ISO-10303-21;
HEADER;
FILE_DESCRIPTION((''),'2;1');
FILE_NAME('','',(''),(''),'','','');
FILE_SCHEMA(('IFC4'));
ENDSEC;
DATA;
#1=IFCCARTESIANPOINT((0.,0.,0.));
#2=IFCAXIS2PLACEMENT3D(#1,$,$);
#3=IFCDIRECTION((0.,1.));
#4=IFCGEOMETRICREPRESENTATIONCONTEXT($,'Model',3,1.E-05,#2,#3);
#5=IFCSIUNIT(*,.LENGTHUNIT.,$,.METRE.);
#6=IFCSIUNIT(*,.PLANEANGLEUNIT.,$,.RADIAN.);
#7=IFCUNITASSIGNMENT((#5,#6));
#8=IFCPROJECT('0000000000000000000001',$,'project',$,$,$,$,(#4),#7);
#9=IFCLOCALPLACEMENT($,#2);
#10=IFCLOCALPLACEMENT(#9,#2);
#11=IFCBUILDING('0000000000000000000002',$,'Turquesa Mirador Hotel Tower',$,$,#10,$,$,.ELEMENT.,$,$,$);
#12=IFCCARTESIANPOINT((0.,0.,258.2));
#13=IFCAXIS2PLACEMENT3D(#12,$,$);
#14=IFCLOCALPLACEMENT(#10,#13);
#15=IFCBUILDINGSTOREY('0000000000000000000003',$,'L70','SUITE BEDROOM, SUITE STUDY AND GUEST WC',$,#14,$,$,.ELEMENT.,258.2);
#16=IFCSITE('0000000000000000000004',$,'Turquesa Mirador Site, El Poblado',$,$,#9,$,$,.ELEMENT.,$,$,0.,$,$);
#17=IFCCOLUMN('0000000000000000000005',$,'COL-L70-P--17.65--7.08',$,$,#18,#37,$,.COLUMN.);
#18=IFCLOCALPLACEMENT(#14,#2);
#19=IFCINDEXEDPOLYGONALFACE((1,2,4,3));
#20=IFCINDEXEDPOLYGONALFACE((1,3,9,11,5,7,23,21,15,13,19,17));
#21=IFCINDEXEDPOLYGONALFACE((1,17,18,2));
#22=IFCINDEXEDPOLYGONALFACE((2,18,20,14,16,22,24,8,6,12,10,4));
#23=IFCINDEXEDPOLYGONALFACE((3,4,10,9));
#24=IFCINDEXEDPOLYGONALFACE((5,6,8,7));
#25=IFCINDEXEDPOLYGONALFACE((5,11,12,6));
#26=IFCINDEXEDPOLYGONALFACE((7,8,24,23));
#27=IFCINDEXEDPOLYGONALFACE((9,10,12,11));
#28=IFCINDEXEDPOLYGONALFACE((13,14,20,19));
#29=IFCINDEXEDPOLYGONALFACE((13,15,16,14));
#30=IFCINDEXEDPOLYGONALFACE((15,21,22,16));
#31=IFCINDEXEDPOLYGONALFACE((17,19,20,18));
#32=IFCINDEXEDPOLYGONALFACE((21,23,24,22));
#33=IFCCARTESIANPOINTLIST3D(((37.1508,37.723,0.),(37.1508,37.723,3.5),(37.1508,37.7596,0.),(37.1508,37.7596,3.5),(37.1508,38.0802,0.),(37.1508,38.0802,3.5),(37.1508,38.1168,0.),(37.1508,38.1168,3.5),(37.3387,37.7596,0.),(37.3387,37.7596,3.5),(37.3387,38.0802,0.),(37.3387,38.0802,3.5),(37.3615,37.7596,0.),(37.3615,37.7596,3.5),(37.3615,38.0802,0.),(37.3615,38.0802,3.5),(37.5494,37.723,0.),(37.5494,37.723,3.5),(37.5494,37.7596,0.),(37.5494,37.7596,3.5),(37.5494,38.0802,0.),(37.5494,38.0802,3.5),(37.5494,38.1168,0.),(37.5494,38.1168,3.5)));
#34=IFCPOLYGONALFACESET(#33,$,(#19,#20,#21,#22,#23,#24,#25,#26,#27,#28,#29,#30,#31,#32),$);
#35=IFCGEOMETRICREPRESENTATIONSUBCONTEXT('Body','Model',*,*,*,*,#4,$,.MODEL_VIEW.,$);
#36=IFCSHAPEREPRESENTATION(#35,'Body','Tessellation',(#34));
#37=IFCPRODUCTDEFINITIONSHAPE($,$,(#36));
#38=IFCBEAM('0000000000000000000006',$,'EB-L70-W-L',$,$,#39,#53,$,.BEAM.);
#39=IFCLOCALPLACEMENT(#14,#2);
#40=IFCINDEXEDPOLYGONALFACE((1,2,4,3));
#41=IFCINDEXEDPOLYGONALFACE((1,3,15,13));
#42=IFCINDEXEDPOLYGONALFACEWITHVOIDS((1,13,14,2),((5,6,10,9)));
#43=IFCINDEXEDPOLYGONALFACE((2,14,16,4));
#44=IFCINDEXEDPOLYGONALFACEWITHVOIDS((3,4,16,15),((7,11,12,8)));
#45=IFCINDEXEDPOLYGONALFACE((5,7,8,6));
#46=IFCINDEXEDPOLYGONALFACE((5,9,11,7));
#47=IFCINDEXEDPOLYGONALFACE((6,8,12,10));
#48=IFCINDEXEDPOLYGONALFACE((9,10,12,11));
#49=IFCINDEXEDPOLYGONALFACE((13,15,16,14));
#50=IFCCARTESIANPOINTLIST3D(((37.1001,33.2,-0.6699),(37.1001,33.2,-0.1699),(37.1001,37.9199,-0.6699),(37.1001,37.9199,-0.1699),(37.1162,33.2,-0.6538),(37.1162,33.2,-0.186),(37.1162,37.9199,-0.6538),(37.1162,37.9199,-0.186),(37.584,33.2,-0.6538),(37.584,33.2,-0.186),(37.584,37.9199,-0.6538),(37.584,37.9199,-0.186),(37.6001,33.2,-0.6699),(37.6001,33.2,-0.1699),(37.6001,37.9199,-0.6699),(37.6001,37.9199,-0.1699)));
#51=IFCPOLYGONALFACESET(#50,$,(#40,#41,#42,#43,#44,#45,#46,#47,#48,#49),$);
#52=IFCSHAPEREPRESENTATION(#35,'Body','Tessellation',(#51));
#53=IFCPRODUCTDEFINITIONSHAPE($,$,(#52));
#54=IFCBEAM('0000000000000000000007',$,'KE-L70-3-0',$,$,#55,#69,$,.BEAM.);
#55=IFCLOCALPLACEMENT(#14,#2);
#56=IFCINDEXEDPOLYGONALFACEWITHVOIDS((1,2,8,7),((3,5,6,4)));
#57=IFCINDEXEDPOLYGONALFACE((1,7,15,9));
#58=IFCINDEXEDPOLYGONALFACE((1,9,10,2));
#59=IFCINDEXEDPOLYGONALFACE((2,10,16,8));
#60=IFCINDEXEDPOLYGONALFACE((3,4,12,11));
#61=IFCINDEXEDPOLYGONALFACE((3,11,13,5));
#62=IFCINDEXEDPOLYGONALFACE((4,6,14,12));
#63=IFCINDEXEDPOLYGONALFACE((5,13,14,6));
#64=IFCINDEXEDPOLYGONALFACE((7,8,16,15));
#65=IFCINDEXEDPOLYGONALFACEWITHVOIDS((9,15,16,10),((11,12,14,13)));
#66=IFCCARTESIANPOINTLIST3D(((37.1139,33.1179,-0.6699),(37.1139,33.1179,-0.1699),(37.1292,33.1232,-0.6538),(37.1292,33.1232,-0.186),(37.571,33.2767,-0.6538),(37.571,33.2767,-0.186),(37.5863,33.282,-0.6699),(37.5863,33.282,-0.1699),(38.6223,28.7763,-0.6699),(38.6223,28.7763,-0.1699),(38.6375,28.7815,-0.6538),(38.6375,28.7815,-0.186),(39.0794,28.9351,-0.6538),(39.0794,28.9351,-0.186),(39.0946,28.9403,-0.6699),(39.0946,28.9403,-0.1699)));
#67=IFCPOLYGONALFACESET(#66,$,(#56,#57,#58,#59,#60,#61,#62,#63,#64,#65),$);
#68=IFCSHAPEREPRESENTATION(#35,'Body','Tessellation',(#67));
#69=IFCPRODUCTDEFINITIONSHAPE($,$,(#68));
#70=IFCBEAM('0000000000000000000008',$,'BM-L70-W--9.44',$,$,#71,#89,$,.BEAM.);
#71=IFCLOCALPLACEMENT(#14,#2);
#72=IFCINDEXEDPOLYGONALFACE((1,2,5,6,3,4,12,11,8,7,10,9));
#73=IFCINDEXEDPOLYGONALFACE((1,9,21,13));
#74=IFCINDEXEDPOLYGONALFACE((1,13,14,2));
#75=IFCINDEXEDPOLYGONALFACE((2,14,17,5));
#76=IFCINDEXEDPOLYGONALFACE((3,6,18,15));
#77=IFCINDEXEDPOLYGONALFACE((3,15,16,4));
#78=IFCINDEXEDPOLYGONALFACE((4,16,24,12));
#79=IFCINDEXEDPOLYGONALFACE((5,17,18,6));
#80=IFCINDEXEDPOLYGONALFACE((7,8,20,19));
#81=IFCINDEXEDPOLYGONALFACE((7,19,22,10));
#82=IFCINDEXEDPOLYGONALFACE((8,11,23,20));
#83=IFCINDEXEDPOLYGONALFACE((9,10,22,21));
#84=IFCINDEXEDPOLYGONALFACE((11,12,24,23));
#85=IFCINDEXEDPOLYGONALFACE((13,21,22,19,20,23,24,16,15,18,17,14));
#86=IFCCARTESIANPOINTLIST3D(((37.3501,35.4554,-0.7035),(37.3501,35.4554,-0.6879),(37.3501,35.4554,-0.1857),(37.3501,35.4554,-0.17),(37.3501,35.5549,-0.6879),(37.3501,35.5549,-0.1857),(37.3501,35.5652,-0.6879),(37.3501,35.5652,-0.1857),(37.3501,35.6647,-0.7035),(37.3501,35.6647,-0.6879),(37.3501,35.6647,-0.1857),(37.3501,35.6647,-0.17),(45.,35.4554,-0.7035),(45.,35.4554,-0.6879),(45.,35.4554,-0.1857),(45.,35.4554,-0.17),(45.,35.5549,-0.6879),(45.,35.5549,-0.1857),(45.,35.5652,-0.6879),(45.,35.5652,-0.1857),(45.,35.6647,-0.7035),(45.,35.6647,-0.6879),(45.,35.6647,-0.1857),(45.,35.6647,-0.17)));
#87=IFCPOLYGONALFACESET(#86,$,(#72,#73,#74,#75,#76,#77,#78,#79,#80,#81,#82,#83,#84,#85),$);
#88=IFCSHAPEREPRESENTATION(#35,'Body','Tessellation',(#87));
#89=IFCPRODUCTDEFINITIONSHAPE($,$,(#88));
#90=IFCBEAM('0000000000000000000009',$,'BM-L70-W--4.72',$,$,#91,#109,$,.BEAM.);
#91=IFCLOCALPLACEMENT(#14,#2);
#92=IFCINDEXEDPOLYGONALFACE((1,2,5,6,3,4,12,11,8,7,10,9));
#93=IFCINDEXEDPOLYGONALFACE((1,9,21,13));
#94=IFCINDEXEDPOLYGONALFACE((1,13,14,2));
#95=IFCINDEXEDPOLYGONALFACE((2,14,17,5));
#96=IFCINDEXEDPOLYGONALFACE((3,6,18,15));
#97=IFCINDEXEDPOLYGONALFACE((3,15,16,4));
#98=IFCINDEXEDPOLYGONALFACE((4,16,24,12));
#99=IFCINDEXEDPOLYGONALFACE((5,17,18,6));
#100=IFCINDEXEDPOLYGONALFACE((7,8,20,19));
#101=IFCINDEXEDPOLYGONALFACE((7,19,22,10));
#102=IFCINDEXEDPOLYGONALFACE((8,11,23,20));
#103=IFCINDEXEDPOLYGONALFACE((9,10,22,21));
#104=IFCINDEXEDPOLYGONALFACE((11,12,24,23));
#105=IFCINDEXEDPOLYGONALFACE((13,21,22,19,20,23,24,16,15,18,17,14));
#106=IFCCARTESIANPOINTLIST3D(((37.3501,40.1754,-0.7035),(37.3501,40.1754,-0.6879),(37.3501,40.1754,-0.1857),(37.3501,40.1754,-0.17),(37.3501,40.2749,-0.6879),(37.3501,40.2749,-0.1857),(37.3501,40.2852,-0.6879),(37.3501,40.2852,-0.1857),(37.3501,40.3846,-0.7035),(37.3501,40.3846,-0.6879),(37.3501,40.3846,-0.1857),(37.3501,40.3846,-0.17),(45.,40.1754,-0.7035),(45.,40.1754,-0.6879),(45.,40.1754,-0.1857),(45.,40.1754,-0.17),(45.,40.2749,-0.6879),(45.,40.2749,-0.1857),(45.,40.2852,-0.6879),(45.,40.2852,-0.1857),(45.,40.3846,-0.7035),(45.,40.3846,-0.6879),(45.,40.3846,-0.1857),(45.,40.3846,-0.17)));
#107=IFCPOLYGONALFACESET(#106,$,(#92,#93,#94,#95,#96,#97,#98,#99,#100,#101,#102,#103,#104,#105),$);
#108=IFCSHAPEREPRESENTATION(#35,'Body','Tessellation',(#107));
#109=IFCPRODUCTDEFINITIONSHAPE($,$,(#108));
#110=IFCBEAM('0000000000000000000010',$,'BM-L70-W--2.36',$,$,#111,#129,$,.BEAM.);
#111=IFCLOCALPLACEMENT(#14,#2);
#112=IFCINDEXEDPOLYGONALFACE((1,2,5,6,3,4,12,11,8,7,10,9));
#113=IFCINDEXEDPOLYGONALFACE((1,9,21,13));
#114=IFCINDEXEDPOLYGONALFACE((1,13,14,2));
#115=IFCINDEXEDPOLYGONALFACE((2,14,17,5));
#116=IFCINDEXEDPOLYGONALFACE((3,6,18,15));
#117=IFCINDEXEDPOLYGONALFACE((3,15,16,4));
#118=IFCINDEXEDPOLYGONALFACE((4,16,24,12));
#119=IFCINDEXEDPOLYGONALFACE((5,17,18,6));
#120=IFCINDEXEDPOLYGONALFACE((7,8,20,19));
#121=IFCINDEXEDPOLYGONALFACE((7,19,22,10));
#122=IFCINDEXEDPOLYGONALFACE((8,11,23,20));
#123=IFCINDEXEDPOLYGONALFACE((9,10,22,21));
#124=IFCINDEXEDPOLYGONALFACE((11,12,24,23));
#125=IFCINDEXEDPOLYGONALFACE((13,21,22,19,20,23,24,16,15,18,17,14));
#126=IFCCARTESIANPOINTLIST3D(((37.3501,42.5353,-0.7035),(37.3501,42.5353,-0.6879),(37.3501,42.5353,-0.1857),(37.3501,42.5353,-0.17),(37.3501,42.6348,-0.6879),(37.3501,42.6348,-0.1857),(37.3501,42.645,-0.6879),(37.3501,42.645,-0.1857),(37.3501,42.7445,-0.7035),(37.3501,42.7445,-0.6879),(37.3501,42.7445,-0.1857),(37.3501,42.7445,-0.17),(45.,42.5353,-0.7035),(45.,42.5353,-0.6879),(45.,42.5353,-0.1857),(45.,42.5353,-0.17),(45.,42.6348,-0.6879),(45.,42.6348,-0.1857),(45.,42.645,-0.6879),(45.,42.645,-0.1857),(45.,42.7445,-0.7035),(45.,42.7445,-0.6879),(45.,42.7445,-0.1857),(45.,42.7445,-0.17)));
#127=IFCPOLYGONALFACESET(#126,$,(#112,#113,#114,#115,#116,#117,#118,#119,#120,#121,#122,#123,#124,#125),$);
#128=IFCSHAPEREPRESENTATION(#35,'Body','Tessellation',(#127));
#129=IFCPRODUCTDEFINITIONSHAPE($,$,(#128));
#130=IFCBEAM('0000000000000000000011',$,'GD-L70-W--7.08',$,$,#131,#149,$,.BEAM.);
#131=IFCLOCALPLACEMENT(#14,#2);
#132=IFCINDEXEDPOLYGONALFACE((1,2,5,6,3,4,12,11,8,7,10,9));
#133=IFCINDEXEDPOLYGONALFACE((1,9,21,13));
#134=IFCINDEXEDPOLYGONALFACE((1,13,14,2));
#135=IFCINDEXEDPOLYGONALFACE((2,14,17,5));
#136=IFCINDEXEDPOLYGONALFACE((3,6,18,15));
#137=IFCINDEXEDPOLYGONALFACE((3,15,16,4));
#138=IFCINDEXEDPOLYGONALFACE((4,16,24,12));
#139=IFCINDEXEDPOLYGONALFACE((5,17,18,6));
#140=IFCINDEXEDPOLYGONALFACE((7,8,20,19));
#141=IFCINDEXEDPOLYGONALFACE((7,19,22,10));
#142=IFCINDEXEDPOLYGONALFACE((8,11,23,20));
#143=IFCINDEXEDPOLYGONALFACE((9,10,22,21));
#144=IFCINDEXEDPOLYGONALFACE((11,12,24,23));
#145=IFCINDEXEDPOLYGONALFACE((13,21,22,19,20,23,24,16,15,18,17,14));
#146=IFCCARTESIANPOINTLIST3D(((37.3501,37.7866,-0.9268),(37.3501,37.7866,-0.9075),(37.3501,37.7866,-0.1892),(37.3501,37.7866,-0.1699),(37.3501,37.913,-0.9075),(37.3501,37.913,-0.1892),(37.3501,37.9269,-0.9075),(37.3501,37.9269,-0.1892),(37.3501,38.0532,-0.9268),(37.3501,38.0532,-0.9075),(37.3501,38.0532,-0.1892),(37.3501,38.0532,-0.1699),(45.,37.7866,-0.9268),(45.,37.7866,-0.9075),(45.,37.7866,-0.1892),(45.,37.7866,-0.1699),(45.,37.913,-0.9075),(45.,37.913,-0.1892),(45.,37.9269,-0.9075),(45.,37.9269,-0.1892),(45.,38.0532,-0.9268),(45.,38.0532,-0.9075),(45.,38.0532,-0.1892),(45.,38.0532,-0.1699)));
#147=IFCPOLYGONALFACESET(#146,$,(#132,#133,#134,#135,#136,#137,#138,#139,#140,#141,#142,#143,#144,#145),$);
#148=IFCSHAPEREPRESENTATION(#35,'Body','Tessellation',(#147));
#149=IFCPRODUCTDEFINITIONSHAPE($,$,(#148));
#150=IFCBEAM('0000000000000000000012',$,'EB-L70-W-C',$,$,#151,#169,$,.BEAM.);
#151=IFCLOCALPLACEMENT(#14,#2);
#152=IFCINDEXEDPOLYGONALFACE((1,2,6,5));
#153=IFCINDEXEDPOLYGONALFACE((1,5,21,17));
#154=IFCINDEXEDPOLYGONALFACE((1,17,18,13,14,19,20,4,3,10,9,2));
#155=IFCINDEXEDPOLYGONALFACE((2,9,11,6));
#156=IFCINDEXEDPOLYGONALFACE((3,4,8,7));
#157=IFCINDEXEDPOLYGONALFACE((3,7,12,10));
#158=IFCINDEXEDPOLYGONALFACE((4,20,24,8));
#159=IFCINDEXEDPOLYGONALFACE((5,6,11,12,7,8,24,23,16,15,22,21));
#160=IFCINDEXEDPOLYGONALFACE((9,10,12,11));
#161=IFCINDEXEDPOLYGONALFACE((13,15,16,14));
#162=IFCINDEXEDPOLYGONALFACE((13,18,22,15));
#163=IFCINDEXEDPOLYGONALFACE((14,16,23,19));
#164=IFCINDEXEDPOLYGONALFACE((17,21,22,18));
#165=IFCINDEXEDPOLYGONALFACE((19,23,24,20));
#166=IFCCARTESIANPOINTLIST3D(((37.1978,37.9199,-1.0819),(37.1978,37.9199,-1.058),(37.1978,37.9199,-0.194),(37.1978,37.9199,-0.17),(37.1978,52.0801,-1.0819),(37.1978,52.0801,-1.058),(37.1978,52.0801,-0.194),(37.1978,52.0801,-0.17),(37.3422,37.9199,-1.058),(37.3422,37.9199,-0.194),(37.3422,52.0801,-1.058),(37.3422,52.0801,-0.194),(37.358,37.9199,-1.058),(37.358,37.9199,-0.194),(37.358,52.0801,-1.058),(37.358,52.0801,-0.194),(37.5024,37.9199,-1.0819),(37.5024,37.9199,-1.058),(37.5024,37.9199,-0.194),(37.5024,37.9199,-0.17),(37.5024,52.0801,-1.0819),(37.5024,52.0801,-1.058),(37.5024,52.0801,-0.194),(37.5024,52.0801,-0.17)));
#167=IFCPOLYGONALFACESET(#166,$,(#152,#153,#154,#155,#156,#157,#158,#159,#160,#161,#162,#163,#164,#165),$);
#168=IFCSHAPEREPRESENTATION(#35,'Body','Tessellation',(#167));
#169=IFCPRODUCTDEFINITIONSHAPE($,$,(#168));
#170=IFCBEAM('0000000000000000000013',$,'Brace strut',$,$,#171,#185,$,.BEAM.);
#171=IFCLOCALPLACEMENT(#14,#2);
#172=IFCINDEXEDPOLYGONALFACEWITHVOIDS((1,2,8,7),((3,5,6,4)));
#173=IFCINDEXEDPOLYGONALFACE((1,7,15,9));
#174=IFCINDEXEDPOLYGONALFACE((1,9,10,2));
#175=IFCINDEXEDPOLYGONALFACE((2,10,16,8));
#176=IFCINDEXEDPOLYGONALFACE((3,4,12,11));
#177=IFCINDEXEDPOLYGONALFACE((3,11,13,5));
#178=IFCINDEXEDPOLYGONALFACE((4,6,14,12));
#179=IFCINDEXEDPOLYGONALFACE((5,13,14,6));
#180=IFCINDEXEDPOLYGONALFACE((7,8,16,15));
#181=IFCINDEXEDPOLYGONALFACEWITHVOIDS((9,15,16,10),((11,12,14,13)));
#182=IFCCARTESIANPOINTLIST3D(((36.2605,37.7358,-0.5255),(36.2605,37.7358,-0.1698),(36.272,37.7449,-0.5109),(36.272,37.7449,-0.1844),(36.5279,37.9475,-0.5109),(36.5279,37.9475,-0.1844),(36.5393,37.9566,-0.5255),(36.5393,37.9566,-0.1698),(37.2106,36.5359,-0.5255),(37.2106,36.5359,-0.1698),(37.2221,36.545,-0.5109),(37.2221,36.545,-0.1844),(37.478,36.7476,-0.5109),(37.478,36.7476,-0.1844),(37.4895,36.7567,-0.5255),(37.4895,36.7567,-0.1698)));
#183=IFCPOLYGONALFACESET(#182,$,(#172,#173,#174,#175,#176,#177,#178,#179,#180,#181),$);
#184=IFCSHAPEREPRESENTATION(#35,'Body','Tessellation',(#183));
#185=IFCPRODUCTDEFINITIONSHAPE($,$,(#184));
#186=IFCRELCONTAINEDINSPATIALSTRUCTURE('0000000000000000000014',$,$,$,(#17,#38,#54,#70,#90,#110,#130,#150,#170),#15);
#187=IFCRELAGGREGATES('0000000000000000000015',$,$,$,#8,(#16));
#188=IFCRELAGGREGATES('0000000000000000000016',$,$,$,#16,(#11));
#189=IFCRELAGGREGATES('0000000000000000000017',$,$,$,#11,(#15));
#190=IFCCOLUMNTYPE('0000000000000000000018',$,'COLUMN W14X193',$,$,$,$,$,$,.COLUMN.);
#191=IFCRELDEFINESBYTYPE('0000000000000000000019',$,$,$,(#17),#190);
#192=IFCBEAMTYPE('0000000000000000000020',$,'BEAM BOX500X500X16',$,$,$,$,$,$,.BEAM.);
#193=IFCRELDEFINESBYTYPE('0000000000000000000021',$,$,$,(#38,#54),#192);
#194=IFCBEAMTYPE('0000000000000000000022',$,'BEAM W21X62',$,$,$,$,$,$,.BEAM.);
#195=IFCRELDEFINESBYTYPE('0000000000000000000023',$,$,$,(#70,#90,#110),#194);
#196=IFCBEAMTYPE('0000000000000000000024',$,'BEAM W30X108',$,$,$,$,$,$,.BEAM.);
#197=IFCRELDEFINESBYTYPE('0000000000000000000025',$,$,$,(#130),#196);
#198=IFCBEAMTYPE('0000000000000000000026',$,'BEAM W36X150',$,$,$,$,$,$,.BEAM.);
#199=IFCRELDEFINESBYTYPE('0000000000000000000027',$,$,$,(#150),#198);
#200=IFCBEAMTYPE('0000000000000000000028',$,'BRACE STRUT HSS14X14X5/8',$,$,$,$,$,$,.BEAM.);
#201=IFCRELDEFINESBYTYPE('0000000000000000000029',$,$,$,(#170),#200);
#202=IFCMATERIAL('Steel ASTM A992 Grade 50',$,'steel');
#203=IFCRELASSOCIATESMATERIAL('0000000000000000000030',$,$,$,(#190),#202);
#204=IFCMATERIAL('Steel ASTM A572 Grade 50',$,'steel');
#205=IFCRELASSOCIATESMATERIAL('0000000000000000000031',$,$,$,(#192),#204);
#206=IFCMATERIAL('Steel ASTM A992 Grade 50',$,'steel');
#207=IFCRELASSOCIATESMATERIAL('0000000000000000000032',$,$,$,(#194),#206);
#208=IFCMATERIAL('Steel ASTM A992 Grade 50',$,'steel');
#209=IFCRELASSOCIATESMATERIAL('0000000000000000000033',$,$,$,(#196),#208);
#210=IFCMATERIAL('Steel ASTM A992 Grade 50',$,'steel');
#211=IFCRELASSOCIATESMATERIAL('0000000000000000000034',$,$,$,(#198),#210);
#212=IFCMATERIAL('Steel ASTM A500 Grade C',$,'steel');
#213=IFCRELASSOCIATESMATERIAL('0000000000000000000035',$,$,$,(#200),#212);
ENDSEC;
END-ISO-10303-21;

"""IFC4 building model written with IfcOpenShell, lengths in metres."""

from ifc_helpers import new_model, si_unit, direction, frame, origin, origin_2d, place, context, subcontext, project, spatial, hollow_rectangle, i_section, extrude, material, material_profile, profile_set, type_object, element, save


model = new_model("IFC4")

# Units and contexts
model_context = context("Model", 3, precision=1e-05, world=origin(), true_north=direction((0.0, 1.0)))
body_context = subcontext(model_context, "Body", "Model", "MODEL_VIEW")
ifc_project = project(units=[si_unit("LENGTHUNIT", "METRE"), si_unit("PLANEANGLEUNIT", "RADIAN")], contexts=[model_context])

# Site, building, storey
site_placement = place(None, origin())
site = spatial("IfcSite", under=ifc_project, at=site_placement, Name="Turquesa Mirador Site, El Poblado", CompositionType="ELEMENT", RefElevation=0.0)
building_placement = place(site_placement, origin())
building = spatial("IfcBuilding", under=site, at=building_placement, Name="Turquesa Mirador Hotel Tower", CompositionType="ELEMENT")
storey_placement = place(building_placement, frame((0.0, 0.0, 258.2)))
storey = spatial("IfcBuildingStorey", under=building, at=storey_placement, Name="L70", Description="SUITE BEDROOM, SUITE STUDY AND GUEST WC", CompositionType="ELEMENT", Elevation=258.2)

# Column
ifc_material_1 = material(Name="Steel ASTM A992 Grade 50", Category="steel")
ifc_material_profile_1 = material_profile(ifc_material_1, i_section(OverallWidth=0.3987, OverallDepth=0.3938, WebThickness=0.0227, FlangeThickness=0.0366, at=origin_2d()), Name="W14X193")
ifc_profile_set_1 = profile_set([ifc_material_profile_1], Name="Steel ASTM A992 Grade 50")
column_type = type_object("IfcColumnType", Name="COLUMN W14X193", PredefinedType="COLUMN", material=ifc_profile_set_1)
column_placement = place(storey_placement, frame((37.3501, 37.9199, 0.0), z_axis=(0.0, 0.0, 1.0), x_axis=(1.0, 0.0, 0.0)))
element("IfcColumn", 1, at=column_placement, inside=storey, type_object=column_type, Name="COL-L70-P--17.65--7.08", PredefinedType="COLUMN", context=body_context, shape_type="SweptSolid", body=[
    extrude(i_section(OverallWidth=0.3987, OverallDepth=0.3938, WebThickness=0.0227, FlangeThickness=0.0366, at=origin_2d()), origin(), (0.0, 0.0, 1.0), 3.5),
])

# Beams
ifc_material_2 = material(Name="Steel ASTM A572 Grade 50", Category="steel")
ifc_material_profile_2 = material_profile(ifc_material_2, hollow_rectangle(XDim=0.5, YDim=0.5, WallThickness=0.0161, at=origin_2d()), Name="BOX500X500X16")
ifc_profile_set_2 = profile_set([ifc_material_profile_2], Name="Steel ASTM A572 Grade 50")
beam_type_1 = type_object("IfcBeamType", Name="BEAM BOX500X500X16", PredefinedType="BEAM", material=ifc_profile_set_2)
beam_1_placement = place(storey_placement, frame((37.3501, 33.2, -0.4199), z_axis=(0.0, 1.0, 0.0), x_axis=(-1.0, 0.0, 0.0)))
element("IfcBeam", 2, at=beam_1_placement, inside=storey, type_object=beam_type_1, Name="EB-L70-W-L", PredefinedType="BEAM", context=body_context, shape_type="SweptSolid", body=[
    extrude(hollow_rectangle(XDim=0.5, YDim=0.5, WallThickness=0.0161, at=origin_2d()), origin(), (0.0, 0.0, 1.0), 4.72),
])
beam_2_placement = place(storey_placement, frame((37.3501, 33.2, -0.4199), z_axis=(0.32817, -0.944619, 0.0), x_axis=(0.944619, 0.32817, 0.0)))
element("IfcBeam", 3, at=beam_2_placement, inside=storey, type_object=beam_type_1, Name="KE-L70-3-0", PredefinedType="BEAM", context=body_context, shape_type="SweptSolid", body=[
    extrude(hollow_rectangle(XDim=0.5, YDim=0.5, WallThickness=0.0161, at=origin_2d()), origin(), (0.0, 0.0, 1.0), 4.5962),
])
ifc_material_3 = material(Name="Steel ASTM A992 Grade 50", Category="steel")
ifc_material_profile_3 = material_profile(ifc_material_3, i_section(OverallWidth=0.2092, OverallDepth=0.5334, WebThickness=0.0103, FlangeThickness=0.0156, at=origin_2d()), Name="W21X62")
ifc_profile_set_3 = profile_set([ifc_material_profile_3], Name="Steel ASTM A992 Grade 50")
beam_type_2 = type_object("IfcBeamType", Name="BEAM W21X62", PredefinedType="BEAM", material=ifc_profile_set_3)
for number, where, z_axis, x_axis, name in (
    (4, (37.3501, 35.5601, -0.4368), (1.0, 0.0, 0.0), (0.0, 1.0, 0.0), "BM-L70-W--9.44"),
    (5, (37.3501, 40.28, -0.4368), (1.0, 0.0, 0.0), (0.0, 1.0, 0.0), "BM-L70-W--4.72"),
    (6, (37.3501, 42.6399, -0.4368), (1.0, 0.0, 0.0), (0.0, 1.0, 0.0), "BM-L70-W--2.36"),
):
    element("IfcBeam", number, at=place(storey_placement, frame(where, z_axis=z_axis, x_axis=x_axis)), inside=storey, type_object=beam_type_2, Name=name, PredefinedType="BEAM", context=body_context, shape_type="SweptSolid", body=[
        extrude(i_section(OverallWidth=0.2092, OverallDepth=0.5334, WebThickness=0.0103, FlangeThickness=0.0156, at=origin_2d()), origin(), (0.0, 0.0, 1.0), 7.6499),
    ])
ifc_material_4 = material(Name="Steel ASTM A992 Grade 50", Category="steel")
ifc_material_profile_4 = material_profile(ifc_material_4, i_section(OverallWidth=0.2666, OverallDepth=0.7568, WebThickness=0.0139, FlangeThickness=0.0193, at=origin_2d()), Name="W30X108")
ifc_profile_set_4 = profile_set([ifc_material_profile_4], Name="Steel ASTM A992 Grade 50")
beam_type_3 = type_object("IfcBeamType", Name="BEAM W30X108", PredefinedType="BEAM", material=ifc_profile_set_4)
beam_3_placement = place(storey_placement, frame((37.3501, 37.9199, -0.5483), z_axis=(1.0, 0.0, 0.0), x_axis=(0.0, 1.0, 0.0)))
element("IfcBeam", 7, at=beam_3_placement, inside=storey, type_object=beam_type_3, Name="GD-L70-W--7.08", PredefinedType="BEAM", context=body_context, shape_type="SweptSolid", body=[
    extrude(i_section(OverallWidth=0.2666, OverallDepth=0.7568, WebThickness=0.0139, FlangeThickness=0.0193, at=origin_2d()), origin(), (0.0, 0.0, 1.0), 7.6499),
])
ifc_material_5 = material(Name="Steel ASTM A992 Grade 50", Category="steel")
ifc_material_profile_5 = material_profile(ifc_material_5, i_section(OverallWidth=0.3047, OverallDepth=0.9119, WebThickness=0.0159, FlangeThickness=0.0239, at=origin_2d()), Name="W36X150")
ifc_profile_set_5 = profile_set([ifc_material_profile_5], Name="Steel ASTM A992 Grade 50")
beam_type_4 = type_object("IfcBeamType", Name="BEAM W36X150", PredefinedType="BEAM", material=ifc_profile_set_5)
beam_4_placement = place(storey_placement, frame((37.3501, 37.9199, -0.626), z_axis=(0.0, 1.0, 0.0), x_axis=(-1.0, 0.0, 0.0)))
element("IfcBeam", 8, at=beam_4_placement, inside=storey, type_object=beam_type_4, Name="EB-L70-W-C", PredefinedType="BEAM", context=body_context, shape_type="SweptSolid", body=[
    extrude(i_section(OverallWidth=0.3047, OverallDepth=0.9119, WebThickness=0.0159, FlangeThickness=0.0239, at=origin_2d()), origin(), (0.0, 0.0, 1.0), 14.1602),
])
ifc_material_6 = material(Name="Steel ASTM A500 Grade C", Category="steel")
ifc_material_profile_6 = material_profile(ifc_material_6, hollow_rectangle(XDim=0.3557, YDim=0.3557, WallThickness=0.0146, at=origin_2d()), Name="HSS14X14X5/8")
ifc_profile_set_6 = profile_set([ifc_material_profile_6], Name="Steel ASTM A500 Grade C")
beam_type_5 = type_object("IfcBeamType", Name="BRACE STRUT HSS14X14X5/8", PredefinedType="BEAM", material=ifc_profile_set_6)
for number, where, z_axis, x_axis, name in (
    (9, (36.3999, 37.8462, -0.3477), (0.620797, -0.783971, 0.0), (0.783971, 0.620797, 0.0), "Brace strut"),
):
    element("IfcBeam", number, at=place(storey_placement, frame(where, z_axis=z_axis, x_axis=x_axis)), inside=storey, type_object=beam_type_5, Name=name, PredefinedType="BEAM", context=body_context, shape_type="SweptSolid", body=[
        extrude(hollow_rectangle(XDim=0.3557, YDim=0.3557, WallThickness=0.0146, at=origin_2d()), origin(), (0.0, 0.0, 1.0), 1.5305),
    ])

save(model, "model.ifc")
